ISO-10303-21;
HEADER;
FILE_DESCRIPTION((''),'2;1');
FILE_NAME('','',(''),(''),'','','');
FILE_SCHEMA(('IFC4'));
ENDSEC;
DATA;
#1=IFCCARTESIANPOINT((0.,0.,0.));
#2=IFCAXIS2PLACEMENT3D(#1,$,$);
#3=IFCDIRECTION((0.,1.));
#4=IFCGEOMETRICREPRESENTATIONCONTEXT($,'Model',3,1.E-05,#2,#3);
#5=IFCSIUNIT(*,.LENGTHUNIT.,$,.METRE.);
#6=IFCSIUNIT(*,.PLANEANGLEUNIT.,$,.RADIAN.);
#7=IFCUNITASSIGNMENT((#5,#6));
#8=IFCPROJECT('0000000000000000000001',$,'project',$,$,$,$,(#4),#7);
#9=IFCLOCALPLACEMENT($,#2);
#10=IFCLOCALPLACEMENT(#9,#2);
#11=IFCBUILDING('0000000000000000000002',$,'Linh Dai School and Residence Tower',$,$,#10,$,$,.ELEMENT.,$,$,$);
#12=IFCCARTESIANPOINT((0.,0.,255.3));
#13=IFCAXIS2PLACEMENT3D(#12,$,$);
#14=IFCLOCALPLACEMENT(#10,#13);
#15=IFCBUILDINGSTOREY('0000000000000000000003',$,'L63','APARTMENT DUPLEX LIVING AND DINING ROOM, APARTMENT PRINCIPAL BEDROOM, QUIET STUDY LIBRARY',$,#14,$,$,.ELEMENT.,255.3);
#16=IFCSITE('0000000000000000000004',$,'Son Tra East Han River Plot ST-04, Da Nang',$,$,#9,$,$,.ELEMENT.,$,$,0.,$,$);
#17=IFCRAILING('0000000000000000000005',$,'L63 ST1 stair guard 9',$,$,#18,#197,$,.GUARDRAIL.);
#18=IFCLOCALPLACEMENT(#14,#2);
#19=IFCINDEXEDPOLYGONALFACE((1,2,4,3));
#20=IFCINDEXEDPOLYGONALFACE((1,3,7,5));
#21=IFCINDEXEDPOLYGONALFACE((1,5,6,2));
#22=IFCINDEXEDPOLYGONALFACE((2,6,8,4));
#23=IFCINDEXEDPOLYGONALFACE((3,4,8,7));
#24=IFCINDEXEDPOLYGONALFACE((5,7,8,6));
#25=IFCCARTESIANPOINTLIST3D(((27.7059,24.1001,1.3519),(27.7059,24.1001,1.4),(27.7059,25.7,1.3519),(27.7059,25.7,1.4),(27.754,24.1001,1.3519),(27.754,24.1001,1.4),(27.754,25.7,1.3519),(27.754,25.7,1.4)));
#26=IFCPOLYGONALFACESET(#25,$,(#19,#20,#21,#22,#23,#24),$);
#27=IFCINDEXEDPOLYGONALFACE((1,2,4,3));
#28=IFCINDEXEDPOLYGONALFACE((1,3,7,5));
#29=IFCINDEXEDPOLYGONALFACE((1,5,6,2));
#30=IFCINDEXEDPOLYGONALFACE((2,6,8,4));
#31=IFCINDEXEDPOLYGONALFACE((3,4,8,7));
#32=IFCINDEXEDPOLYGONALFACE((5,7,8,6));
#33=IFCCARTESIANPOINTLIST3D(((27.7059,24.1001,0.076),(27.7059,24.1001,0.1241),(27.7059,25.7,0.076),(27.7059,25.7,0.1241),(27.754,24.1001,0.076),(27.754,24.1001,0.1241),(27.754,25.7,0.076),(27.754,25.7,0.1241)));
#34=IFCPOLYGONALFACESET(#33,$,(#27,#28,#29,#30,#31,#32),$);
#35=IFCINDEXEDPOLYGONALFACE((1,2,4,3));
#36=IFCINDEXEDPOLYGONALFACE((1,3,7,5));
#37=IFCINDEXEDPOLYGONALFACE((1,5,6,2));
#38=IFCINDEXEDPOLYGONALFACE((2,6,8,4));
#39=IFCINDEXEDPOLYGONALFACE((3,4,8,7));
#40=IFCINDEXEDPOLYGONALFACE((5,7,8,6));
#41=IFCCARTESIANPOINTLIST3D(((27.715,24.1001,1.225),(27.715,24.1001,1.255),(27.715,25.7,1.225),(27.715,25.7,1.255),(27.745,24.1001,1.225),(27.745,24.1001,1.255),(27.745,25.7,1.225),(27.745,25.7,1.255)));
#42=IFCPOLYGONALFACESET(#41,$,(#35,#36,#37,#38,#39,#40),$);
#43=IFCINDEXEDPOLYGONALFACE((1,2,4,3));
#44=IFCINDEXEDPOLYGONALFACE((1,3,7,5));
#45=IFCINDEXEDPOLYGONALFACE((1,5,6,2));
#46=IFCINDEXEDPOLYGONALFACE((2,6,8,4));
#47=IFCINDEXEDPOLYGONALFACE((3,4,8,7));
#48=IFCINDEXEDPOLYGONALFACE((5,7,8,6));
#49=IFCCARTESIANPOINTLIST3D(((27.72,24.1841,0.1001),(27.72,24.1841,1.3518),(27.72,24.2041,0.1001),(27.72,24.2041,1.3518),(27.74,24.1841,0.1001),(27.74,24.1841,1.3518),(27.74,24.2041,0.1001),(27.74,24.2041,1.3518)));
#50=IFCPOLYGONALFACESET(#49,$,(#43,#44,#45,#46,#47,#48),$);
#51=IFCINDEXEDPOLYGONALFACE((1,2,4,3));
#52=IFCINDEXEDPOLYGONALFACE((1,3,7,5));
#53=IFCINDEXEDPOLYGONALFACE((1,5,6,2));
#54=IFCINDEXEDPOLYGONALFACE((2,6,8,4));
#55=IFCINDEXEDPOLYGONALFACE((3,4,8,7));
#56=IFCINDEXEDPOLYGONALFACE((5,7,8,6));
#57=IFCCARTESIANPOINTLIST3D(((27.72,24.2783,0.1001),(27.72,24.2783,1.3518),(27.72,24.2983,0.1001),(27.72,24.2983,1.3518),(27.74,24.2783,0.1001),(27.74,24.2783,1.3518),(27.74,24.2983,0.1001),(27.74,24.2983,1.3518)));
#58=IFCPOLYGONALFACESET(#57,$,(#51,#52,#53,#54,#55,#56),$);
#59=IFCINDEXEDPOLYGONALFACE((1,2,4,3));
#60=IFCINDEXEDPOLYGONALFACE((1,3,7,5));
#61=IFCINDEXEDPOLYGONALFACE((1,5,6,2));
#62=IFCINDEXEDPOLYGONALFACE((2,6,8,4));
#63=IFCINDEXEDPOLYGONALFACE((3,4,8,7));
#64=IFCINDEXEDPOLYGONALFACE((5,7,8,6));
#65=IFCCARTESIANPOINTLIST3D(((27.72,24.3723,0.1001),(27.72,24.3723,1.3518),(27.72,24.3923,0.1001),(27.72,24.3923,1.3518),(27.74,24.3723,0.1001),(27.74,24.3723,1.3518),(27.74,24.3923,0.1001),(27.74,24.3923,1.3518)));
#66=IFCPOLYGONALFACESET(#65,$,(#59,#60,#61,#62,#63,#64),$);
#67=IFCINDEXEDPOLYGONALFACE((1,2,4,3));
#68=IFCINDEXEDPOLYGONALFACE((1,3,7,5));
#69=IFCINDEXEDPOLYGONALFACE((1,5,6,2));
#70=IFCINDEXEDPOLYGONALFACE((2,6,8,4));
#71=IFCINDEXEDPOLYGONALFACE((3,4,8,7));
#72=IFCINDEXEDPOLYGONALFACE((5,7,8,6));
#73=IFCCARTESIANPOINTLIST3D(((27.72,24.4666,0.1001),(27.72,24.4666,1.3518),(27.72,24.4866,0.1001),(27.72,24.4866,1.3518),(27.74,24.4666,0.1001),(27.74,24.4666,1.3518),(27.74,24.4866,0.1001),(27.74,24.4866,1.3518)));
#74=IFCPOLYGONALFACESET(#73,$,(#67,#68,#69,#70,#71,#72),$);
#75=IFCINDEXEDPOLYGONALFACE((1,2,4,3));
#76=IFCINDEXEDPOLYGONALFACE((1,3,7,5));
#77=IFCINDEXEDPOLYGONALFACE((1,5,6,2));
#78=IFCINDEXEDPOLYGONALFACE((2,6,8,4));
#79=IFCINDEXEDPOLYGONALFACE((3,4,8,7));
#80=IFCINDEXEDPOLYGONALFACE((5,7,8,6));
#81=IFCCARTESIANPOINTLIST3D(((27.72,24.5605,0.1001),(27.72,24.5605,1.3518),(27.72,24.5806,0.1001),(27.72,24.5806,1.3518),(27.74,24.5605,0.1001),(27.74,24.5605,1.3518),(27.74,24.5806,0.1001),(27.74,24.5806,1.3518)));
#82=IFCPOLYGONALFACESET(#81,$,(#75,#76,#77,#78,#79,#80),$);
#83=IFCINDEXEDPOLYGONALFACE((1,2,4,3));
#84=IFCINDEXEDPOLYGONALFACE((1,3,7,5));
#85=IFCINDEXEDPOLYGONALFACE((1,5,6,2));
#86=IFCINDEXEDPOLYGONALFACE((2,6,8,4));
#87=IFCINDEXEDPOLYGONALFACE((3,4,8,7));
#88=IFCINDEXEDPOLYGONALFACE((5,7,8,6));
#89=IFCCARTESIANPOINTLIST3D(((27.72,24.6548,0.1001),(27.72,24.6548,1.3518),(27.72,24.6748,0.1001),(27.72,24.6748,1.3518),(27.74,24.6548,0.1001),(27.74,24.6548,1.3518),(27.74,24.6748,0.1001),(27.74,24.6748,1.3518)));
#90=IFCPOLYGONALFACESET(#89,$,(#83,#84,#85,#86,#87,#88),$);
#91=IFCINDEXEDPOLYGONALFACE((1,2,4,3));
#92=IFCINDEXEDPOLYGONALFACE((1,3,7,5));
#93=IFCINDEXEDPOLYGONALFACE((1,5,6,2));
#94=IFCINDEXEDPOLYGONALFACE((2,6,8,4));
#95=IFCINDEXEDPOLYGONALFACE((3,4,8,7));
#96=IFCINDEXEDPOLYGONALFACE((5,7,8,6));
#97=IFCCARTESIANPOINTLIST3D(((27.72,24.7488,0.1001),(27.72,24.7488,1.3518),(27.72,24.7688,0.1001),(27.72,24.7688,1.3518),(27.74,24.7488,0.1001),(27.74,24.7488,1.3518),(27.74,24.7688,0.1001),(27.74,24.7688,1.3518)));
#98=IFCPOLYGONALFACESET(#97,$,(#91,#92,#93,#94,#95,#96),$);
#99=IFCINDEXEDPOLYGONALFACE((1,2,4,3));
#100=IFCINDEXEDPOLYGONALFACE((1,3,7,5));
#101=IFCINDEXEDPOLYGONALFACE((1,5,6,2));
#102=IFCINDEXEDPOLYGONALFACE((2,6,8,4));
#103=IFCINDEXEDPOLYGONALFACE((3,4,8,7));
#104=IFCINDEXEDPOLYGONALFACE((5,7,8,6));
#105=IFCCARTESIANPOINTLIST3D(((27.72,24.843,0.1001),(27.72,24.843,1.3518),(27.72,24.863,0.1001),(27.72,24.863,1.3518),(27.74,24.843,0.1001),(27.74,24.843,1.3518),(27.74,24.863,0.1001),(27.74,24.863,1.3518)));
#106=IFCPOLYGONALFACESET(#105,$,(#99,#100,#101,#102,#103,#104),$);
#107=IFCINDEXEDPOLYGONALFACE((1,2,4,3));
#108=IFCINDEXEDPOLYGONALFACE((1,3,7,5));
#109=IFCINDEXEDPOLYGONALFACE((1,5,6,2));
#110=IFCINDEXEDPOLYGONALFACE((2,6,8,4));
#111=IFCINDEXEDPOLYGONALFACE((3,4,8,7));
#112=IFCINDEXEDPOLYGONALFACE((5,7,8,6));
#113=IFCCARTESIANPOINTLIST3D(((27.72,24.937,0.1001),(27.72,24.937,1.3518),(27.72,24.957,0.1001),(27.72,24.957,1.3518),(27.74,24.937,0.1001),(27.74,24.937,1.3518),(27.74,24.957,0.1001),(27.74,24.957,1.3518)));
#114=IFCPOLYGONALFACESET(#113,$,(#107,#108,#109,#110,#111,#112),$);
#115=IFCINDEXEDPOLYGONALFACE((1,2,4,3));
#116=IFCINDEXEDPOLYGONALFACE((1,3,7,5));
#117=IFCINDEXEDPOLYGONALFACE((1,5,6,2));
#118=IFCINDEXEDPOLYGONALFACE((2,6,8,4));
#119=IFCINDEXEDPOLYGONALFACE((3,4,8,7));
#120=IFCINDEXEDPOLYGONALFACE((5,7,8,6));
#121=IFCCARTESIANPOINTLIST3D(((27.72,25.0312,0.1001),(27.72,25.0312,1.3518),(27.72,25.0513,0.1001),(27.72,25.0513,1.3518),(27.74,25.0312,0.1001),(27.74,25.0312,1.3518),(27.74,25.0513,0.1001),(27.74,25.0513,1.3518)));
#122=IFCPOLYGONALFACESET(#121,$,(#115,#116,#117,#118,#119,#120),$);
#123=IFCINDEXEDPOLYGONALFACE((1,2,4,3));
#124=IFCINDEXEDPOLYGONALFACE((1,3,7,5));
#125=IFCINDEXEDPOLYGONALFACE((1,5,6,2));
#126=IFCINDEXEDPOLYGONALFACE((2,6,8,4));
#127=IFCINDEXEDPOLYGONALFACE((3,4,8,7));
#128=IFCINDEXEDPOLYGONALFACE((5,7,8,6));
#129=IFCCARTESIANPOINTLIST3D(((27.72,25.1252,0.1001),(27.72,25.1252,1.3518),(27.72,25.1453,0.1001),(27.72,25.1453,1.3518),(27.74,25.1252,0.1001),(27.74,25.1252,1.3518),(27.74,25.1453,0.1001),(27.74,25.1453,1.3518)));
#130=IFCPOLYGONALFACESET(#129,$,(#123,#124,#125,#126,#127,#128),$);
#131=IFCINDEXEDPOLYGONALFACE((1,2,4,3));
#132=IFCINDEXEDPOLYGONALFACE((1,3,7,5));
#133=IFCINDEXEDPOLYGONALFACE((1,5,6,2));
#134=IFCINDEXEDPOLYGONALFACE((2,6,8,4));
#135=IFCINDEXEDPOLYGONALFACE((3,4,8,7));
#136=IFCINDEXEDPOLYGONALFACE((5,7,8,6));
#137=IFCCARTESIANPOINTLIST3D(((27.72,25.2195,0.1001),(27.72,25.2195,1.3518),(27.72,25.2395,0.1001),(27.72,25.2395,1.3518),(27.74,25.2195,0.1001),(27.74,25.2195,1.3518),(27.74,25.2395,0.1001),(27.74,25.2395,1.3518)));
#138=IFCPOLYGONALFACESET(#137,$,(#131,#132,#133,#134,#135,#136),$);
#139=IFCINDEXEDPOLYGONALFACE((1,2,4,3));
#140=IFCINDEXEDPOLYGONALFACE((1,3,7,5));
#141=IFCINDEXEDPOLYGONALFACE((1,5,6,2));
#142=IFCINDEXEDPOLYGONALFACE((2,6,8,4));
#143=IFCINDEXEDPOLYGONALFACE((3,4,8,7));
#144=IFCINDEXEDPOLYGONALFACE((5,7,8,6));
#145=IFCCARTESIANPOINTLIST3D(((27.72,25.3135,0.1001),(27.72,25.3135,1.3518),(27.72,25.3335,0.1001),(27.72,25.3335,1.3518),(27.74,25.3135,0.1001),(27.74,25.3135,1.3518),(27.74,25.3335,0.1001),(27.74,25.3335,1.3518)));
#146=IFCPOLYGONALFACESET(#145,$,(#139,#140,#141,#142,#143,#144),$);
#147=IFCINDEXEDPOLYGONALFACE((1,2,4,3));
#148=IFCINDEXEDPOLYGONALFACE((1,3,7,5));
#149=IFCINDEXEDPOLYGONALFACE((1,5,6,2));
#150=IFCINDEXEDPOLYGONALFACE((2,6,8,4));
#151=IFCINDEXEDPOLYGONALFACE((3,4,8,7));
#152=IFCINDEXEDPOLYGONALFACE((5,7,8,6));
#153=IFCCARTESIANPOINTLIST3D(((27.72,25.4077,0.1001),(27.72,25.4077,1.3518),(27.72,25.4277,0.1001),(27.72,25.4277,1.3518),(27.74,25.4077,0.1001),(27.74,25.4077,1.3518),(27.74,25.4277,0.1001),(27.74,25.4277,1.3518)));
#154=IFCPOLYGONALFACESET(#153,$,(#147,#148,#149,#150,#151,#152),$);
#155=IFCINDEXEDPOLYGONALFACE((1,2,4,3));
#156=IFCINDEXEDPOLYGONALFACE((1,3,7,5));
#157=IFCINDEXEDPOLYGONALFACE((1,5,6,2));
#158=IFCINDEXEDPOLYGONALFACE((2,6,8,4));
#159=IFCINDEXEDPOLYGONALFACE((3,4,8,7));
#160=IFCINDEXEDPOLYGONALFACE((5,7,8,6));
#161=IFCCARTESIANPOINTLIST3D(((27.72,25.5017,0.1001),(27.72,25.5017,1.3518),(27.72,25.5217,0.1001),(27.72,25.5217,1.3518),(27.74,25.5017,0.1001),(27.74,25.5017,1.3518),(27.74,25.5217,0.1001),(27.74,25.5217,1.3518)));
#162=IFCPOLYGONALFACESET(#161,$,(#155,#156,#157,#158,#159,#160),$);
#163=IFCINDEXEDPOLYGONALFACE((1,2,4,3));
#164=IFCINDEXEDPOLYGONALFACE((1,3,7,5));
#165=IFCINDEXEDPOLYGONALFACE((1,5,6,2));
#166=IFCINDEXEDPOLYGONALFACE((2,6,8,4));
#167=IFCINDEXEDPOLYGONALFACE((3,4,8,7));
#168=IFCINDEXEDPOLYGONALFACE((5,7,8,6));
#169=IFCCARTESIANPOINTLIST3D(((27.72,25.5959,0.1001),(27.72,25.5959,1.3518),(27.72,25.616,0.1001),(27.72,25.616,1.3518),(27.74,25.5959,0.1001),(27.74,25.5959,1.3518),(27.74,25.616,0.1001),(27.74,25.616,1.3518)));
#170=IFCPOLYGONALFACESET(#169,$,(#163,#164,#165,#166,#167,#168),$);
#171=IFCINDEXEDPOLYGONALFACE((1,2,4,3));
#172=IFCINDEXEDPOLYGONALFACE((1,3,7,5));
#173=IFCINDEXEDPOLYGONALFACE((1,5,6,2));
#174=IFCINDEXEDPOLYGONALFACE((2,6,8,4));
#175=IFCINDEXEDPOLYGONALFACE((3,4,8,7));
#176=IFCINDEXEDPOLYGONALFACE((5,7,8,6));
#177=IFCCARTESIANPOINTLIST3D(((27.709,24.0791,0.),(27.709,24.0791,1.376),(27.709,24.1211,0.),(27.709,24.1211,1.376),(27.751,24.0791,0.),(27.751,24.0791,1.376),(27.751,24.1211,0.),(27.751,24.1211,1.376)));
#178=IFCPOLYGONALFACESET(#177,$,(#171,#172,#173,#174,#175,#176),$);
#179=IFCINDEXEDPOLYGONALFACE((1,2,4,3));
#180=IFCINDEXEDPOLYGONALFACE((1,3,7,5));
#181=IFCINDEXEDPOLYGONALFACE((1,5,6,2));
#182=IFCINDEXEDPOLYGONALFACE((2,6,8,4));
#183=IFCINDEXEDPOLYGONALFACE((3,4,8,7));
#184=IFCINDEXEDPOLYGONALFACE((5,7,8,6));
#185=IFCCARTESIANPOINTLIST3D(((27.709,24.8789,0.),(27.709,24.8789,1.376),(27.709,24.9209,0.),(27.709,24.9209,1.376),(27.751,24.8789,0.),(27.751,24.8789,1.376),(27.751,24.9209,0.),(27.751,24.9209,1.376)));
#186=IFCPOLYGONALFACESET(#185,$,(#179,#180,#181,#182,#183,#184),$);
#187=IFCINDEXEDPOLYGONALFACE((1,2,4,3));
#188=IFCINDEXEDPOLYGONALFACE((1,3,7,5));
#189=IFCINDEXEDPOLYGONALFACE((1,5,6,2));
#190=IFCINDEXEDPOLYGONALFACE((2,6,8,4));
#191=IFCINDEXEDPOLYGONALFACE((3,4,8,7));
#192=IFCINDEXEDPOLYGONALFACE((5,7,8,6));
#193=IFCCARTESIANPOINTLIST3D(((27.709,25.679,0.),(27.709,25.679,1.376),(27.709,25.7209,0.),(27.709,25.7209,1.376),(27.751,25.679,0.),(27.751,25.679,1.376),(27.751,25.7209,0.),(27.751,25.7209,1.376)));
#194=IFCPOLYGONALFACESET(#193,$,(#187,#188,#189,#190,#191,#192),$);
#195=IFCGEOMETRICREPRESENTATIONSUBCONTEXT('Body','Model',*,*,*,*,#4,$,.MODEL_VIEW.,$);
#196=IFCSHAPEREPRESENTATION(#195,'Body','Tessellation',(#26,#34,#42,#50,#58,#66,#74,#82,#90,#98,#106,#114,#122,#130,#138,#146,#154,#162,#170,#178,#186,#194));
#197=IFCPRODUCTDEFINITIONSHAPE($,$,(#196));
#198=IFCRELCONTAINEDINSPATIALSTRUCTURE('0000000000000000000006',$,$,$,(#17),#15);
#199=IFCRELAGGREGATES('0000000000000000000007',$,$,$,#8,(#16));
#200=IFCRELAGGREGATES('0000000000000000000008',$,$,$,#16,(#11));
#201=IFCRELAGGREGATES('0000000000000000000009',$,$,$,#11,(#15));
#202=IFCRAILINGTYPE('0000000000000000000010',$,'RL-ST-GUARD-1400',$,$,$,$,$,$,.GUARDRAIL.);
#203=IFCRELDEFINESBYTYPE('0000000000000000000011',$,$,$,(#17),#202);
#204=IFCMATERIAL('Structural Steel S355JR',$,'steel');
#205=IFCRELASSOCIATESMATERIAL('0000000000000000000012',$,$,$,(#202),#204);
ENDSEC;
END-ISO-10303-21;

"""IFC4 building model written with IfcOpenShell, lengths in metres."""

from ifc_helpers import new_model, si_unit, direction, frame, origin, origin_2d, place, context, subcontext, project, spatial, rectangle, extrude, source, transform, mapped, material, type_object, element, save


model = new_model("IFC4")

# Units and contexts
model_context = context("Model", 3, precision=1e-05, world=origin(), true_north=direction((0.0, 1.0)))
body_context = subcontext(model_context, "Body", "Model", "MODEL_VIEW")
ifc_project = project(units=[si_unit("LENGTHUNIT", "METRE"), si_unit("PLANEANGLEUNIT", "RADIAN")], contexts=[model_context])

# Site, building, storey
site_placement = place(None, origin())
site = spatial("IfcSite", under=ifc_project, at=site_placement, Name="Son Tra East Han River Plot ST-04, Da Nang", CompositionType="ELEMENT", RefElevation=0.0)
building_placement = place(site_placement, origin())
building = spatial("IfcBuilding", under=site, at=building_placement, Name="Linh Dai School and Residence Tower", CompositionType="ELEMENT")
storey_placement = place(building_placement, frame((0.0, 0.0, 255.3)))
storey = spatial("IfcBuildingStorey", under=building, at=storey_placement, Name="L63", Description="APARTMENT DUPLEX LIVING AND DINING ROOM, APARTMENT PRINCIPAL BEDROOM, QUIET STUDY LIBRARY", CompositionType="ELEMENT", Elevation=255.3)

# Shared definitions
ifc_material_1 = material(Name="Structural Steel S355JR", Category="steel")

# Railing
railing_type = type_object("IfcRailingType", Name="RL-ST-GUARD-1400", PredefinedType="GUARDRAIL", material=ifc_material_1)
shared_shape_1 = source(origin(), body_context, "Body", "SweptSolid", [
    extrude(rectangle(XDim=0.0481, YDim=0.0481, at=origin_2d()), frame((0.0, 0.0, 1.376), z_axis=(0.0, 1.0, 0.0), x_axis=(-1.0, 0.0, 0.0)), (0.0, 0.0, 1.0), 1.5999),
    extrude(rectangle(XDim=0.0481, YDim=0.0481, at=origin_2d()), frame((0.0, 0.0, 0.1001), z_axis=(0.0, 1.0, 0.0), x_axis=(-1.0, 0.0, 0.0)), (0.0, 0.0, 1.0), 1.5999),
    extrude(rectangle(XDim=0.03, YDim=0.03, at=origin_2d()), frame((0.0, 0.0, 1.24), z_axis=(0.0, 1.0, 0.0), x_axis=(-1.0, 0.0, 0.0)), (0.0, 0.0, 1.0), 1.5999),
    extrude(rectangle(XDim=0.02, YDim=0.02, at=origin_2d()), frame((0.0, 0.094, 0.1001)), (0.0, 0.0, 1.0), 1.2517),
    extrude(rectangle(XDim=0.02, YDim=0.02, at=origin_2d()), frame((0.0, 0.1882, 0.1001)), (0.0, 0.0, 1.0), 1.2517),
    extrude(rectangle(XDim=0.02, YDim=0.02, at=origin_2d()), frame((0.0, 0.2822, 0.1001)), (0.0, 0.0, 1.0), 1.2517),
    extrude(rectangle(XDim=0.02, YDim=0.02, at=origin_2d()), frame((0.0, 0.3765, 0.1001)), (0.0, 0.0, 1.0), 1.2517),
    extrude(rectangle(XDim=0.02, YDim=0.02, at=origin_2d()), frame((0.0, 0.4705, 0.1001)), (0.0, 0.0, 1.0), 1.2517),
    extrude(rectangle(XDim=0.02, YDim=0.02, at=origin_2d()), frame((0.0, 0.5647, 0.1001)), (0.0, 0.0, 1.0), 1.2517),
    extrude(rectangle(XDim=0.02, YDim=0.02, at=origin_2d()), frame((0.0, 0.6587, 0.1001)), (0.0, 0.0, 1.0), 1.2517),
    extrude(rectangle(XDim=0.02, YDim=0.02, at=origin_2d()), frame((0.0, 0.7529, 0.1001)), (0.0, 0.0, 1.0), 1.2517),
    extrude(rectangle(XDim=0.02, YDim=0.02, at=origin_2d()), frame((0.0, 0.8469, 0.1001)), (0.0, 0.0, 1.0), 1.2517),
    extrude(rectangle(XDim=0.02, YDim=0.02, at=origin_2d()), frame((0.0, 0.9412, 0.1001)), (0.0, 0.0, 1.0), 1.2517),
    extrude(rectangle(XDim=0.02, YDim=0.02, at=origin_2d()), frame((0.0, 1.0352, 0.1001)), (0.0, 0.0, 1.0), 1.2517),
    extrude(rectangle(XDim=0.02, YDim=0.02, at=origin_2d()), frame((0.0, 1.1294, 0.1001)), (0.0, 0.0, 1.0), 1.2517),
    extrude(rectangle(XDim=0.02, YDim=0.02, at=origin_2d()), frame((0.0, 1.2234, 0.1001)), (0.0, 0.0, 1.0), 1.2517),
    extrude(rectangle(XDim=0.02, YDim=0.02, at=origin_2d()), frame((0.0, 1.3176, 0.1001)), (0.0, 0.0, 1.0), 1.2517),
    extrude(rectangle(XDim=0.02, YDim=0.02, at=origin_2d()), frame((0.0, 1.4116, 0.1001)), (0.0, 0.0, 1.0), 1.2517),
    extrude(rectangle(XDim=0.02, YDim=0.02, at=origin_2d()), frame((0.0, 1.5059, 0.1001)), (0.0, 0.0, 1.0), 1.2517),
    extrude(rectangle(XDim=0.042, YDim=0.042, at=origin_2d()), origin(), (0.0, 0.0, 1.0), 1.376),
    extrude(rectangle(XDim=0.042, YDim=0.042, at=origin_2d()), frame((0.0, 0.7998, 0.0)), (0.0, 0.0, 1.0), 1.376),
    extrude(rectangle(XDim=0.042, YDim=0.042, at=origin_2d()), frame((0.0, 1.5999, 0.0)), (0.0, 0.0, 1.0), 1.376),
])
for number, where, name in (
    (1, (27.73, 24.1001, 0.0), "L63 ST1 stair guard 9"),
):
    element("IfcRailing", number, at=place(storey_placement, frame(where)), inside=storey, type_object=railing_type, Name=name, PredefinedType="GUARDRAIL", context=body_context, shape_type="MappedRepresentation", body=[
        mapped(shared_shape_1, transform((0.0, 0.0, 0.0), x_axis=(1.0, 0.0, 0.0), y_axis=(0.0, 1.0, 0.0), z_axis=(0.0, 0.0, 1.0), scale=1.0)),
    ])

save(model, "model.ifc")
